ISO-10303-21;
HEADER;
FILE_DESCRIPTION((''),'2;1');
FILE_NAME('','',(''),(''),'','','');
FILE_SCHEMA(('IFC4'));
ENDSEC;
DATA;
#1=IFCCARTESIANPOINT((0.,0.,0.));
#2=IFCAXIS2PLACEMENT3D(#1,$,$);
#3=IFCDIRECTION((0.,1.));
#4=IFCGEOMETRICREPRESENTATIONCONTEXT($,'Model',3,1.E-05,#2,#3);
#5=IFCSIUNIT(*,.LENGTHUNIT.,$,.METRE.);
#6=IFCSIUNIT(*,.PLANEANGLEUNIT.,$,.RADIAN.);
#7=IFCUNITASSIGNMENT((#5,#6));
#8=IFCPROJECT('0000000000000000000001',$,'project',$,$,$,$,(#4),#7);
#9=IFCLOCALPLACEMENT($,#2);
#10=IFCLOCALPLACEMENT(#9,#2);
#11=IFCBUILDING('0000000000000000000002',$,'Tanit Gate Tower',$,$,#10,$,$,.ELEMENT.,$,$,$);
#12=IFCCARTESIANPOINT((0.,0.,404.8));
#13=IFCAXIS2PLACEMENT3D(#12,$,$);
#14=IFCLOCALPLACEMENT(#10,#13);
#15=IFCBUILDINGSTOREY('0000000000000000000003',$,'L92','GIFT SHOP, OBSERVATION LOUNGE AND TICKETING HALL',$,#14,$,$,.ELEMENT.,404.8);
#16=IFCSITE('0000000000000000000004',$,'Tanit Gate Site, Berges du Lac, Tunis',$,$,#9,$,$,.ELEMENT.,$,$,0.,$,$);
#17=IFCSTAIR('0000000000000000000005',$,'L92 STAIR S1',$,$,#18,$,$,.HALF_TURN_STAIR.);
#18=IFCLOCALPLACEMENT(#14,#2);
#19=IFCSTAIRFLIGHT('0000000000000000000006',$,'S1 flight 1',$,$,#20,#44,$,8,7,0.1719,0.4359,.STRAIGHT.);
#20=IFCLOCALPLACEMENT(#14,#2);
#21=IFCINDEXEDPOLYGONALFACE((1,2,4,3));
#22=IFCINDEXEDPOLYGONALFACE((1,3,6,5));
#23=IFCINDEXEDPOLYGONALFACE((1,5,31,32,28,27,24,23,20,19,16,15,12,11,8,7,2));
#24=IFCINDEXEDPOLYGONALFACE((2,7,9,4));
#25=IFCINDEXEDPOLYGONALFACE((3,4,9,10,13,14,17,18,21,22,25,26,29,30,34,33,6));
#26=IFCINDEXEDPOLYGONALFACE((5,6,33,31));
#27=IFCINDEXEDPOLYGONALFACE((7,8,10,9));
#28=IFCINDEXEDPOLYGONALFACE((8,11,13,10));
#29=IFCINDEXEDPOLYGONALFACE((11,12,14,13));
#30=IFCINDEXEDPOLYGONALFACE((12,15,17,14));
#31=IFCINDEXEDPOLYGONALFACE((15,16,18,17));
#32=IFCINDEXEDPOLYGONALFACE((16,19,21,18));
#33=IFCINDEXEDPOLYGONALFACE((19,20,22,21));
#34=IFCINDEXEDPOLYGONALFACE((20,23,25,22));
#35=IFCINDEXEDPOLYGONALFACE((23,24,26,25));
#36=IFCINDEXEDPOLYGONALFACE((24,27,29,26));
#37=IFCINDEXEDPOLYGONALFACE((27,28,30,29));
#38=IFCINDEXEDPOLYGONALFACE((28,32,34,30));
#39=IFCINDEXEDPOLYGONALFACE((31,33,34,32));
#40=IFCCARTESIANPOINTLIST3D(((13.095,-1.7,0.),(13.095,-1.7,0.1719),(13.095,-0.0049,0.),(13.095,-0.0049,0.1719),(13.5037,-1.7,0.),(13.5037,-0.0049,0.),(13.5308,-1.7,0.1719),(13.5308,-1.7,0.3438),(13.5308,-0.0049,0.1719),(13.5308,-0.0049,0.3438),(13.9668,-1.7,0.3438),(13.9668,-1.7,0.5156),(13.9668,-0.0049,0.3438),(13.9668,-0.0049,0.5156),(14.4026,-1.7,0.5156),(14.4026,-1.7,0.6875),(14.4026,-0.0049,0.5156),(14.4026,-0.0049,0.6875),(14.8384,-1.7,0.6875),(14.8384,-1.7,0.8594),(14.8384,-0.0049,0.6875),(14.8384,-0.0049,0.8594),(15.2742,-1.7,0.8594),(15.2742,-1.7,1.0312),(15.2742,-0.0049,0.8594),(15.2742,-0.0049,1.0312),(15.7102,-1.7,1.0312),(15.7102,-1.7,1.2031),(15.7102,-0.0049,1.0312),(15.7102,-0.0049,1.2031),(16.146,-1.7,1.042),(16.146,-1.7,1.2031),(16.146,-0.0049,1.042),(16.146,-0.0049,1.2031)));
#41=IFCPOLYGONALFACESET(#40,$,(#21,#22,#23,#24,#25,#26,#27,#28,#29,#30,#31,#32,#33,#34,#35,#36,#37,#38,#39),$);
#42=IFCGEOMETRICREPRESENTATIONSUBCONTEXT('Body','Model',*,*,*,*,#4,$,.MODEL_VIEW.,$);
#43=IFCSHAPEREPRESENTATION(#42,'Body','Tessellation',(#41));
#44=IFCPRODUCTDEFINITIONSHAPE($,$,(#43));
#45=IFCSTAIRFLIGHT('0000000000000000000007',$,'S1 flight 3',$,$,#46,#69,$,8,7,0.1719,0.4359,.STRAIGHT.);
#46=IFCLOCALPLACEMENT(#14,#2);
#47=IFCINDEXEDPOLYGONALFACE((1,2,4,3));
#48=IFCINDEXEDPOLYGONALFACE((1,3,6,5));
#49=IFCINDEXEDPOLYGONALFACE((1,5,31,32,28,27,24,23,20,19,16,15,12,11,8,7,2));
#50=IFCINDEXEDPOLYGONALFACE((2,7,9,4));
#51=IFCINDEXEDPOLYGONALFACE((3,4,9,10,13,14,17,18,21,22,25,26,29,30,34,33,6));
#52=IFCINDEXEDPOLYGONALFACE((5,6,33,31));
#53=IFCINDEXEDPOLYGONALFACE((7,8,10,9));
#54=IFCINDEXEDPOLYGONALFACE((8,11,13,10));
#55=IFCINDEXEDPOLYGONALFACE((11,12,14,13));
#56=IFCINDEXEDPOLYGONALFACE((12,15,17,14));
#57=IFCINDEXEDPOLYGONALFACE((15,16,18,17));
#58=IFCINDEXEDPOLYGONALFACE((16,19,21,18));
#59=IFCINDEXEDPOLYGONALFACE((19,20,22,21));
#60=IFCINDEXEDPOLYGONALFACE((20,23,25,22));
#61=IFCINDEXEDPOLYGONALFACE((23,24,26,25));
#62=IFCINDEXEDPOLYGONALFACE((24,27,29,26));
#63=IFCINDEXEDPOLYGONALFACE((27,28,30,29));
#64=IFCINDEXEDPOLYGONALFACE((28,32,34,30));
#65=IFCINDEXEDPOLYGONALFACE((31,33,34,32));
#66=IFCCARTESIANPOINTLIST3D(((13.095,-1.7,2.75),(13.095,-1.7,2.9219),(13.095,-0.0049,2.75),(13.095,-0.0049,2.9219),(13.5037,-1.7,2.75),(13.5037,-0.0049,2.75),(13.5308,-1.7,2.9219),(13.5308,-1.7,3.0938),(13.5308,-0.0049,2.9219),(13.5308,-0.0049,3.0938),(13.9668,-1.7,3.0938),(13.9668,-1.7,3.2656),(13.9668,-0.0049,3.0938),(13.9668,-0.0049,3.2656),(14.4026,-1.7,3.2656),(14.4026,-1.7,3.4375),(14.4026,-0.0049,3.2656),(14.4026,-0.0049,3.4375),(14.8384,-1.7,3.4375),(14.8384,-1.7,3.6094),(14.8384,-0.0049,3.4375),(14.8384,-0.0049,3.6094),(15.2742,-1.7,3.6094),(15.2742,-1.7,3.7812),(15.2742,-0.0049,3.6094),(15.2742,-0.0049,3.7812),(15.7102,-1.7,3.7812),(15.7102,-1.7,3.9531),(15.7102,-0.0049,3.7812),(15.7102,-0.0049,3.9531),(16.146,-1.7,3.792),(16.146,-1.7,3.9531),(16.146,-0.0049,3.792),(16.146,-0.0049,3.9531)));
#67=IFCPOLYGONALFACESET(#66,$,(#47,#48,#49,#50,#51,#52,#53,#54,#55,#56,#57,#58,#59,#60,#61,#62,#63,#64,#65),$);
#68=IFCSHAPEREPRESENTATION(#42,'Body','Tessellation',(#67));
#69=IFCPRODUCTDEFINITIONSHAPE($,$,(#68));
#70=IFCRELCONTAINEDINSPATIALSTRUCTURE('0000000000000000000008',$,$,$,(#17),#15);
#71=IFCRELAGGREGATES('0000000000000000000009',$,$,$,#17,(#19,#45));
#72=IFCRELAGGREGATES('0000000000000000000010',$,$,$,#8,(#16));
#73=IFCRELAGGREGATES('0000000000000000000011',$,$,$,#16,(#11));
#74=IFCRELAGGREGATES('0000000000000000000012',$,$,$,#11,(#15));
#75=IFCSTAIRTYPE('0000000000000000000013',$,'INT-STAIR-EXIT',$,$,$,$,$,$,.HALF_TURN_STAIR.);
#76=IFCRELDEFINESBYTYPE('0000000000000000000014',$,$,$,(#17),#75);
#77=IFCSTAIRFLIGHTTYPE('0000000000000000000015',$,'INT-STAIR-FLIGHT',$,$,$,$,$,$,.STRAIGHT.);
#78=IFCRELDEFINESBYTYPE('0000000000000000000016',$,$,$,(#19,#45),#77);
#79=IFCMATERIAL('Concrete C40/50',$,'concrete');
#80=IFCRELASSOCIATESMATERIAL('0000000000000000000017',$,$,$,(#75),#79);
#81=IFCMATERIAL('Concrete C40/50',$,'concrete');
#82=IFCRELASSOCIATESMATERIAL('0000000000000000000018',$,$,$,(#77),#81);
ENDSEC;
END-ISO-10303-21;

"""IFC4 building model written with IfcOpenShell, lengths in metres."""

from ifc_helpers import new_model, si_unit, direction, frame, origin, place, context, subcontext, project, spatial, polyline, outline, extrude, material, type_object, element, aggregate, save


model = new_model("IFC4")

# Units and contexts
model_context = context("Model", 3, precision=1e-05, world=origin(), true_north=direction((0.0, 1.0)))
body_context = subcontext(model_context, "Body", "Model", "MODEL_VIEW")
ifc_project = project(units=[si_unit("LENGTHUNIT", "METRE"), si_unit("PLANEANGLEUNIT", "RADIAN")], contexts=[model_context])

# Site, building, storey
site_placement = place(None, origin())
site = spatial("IfcSite", under=ifc_project, at=site_placement, Name="Tanit Gate Site, Berges du Lac, Tunis", CompositionType="ELEMENT", RefElevation=0.0)
building_placement = place(site_placement, origin())
building = spatial("IfcBuilding", under=site, at=building_placement, Name="Tanit Gate Tower", CompositionType="ELEMENT")
storey_placement = place(building_placement, frame((0.0, 0.0, 404.8)))
storey = spatial("IfcBuildingStorey", under=building, at=storey_placement, Name="L92", Description="GIFT SHOP, OBSERVATION LOUNGE AND TICKETING HALL", CompositionType="ELEMENT", Elevation=404.8)

# Stair, stair flights
ifc_material_1 = material(Name="Concrete C40/50", Category="concrete")
stair_type = type_object("IfcStairType", Name="INT-STAIR-EXIT", PredefinedType="HALF_TURN_STAIR", material=ifc_material_1)
stair_placement = place(storey_placement, origin())
stair = element("IfcStair", 1, at=stair_placement, inside=storey, type_object=stair_type, Name="L92 STAIR S1", PredefinedType="HALF_TURN_STAIR")
ifc_material_2 = material(Name="Concrete C40/50", Category="concrete")
stair_flight_type = type_object("IfcStairFlightType", Name="INT-STAIR-FLIGHT", PredefinedType="STRAIGHT", material=ifc_material_2)
stair_flight_1_placement = place(storey_placement, frame((13.095, -0.8525, 0.0), z_axis=(0.0, 0.0, 1.0), x_axis=(1.0, 0.0, 0.0)))
stair_flight_1 = element("IfcStairFlight", 2, at=stair_flight_1_placement, type_object=stair_flight_type, Name="S1 flight 1", NumberOfRisers=8, NumberOfTreads=7, PredefinedType="STRAIGHT", RiserHeight=0.1719, TreadLength=0.4359, context=body_context, shape_type="SweptSolid", body=[
    extrude(outline(polyline([(0.0, 0.0), (0.0, 0.1719), (0.4358, 0.1719), (0.4358, 0.3438), (0.8718, 0.3438), (0.8718, 0.5156), (1.3076, 0.5156), (1.3076, 0.6875), (1.7434, 0.6875), (1.7434, 0.8594), (2.1792, 0.8594), (2.1792, 1.0312), (2.6152, 1.0312), (2.6152, 1.2031), (3.051, 1.2031), (3.051, 1.375), (3.051, 1.042), (0.4087, 0.0), (0.0, 0.0)])), frame((0.0, 0.8477, 0.0), z_axis=(0.0, -1.0, 0.0), x_axis=(1.0, 0.0, 0.0)), (0.0, 0.0, 1.0), 1.6951),
])
stair_flight_2_placement = place(storey_placement, frame((13.095, -0.8525, 2.75), z_axis=(0.0, 0.0, 1.0), x_axis=(1.0, 0.0, 0.0)))
stair_flight_2 = element("IfcStairFlight", 3, at=stair_flight_2_placement, type_object=stair_flight_type, Name="S1 flight 3", NumberOfRisers=8, NumberOfTreads=7, PredefinedType="STRAIGHT", RiserHeight=0.1719, TreadLength=0.4359, context=body_context, shape_type="SweptSolid", body=[
    extrude(outline(polyline([(0.0, 0.0), (0.0, 0.1719), (0.4358, 0.1719), (0.4358, 0.3438), (0.8718, 0.3438), (0.8718, 0.5156), (1.3076, 0.5156), (1.3076, 0.6875), (1.7434, 0.6875), (1.7434, 0.8594), (2.1792, 0.8594), (2.1792, 1.0312), (2.6152, 1.0312), (2.6152, 1.2031), (3.051, 1.2031), (3.051, 1.375), (3.051, 1.042), (0.4087, 0.0), (0.0, 0.0)])), frame((0.0, 0.8477, 0.0), z_axis=(0.0, -1.0, 0.0), x_axis=(1.0, 0.0, 0.0)), (0.0, 0.0, 1.0), 1.6951),
])
aggregate(stair, [stair_flight_1, stair_flight_2])

save(model, "model.ifc")
